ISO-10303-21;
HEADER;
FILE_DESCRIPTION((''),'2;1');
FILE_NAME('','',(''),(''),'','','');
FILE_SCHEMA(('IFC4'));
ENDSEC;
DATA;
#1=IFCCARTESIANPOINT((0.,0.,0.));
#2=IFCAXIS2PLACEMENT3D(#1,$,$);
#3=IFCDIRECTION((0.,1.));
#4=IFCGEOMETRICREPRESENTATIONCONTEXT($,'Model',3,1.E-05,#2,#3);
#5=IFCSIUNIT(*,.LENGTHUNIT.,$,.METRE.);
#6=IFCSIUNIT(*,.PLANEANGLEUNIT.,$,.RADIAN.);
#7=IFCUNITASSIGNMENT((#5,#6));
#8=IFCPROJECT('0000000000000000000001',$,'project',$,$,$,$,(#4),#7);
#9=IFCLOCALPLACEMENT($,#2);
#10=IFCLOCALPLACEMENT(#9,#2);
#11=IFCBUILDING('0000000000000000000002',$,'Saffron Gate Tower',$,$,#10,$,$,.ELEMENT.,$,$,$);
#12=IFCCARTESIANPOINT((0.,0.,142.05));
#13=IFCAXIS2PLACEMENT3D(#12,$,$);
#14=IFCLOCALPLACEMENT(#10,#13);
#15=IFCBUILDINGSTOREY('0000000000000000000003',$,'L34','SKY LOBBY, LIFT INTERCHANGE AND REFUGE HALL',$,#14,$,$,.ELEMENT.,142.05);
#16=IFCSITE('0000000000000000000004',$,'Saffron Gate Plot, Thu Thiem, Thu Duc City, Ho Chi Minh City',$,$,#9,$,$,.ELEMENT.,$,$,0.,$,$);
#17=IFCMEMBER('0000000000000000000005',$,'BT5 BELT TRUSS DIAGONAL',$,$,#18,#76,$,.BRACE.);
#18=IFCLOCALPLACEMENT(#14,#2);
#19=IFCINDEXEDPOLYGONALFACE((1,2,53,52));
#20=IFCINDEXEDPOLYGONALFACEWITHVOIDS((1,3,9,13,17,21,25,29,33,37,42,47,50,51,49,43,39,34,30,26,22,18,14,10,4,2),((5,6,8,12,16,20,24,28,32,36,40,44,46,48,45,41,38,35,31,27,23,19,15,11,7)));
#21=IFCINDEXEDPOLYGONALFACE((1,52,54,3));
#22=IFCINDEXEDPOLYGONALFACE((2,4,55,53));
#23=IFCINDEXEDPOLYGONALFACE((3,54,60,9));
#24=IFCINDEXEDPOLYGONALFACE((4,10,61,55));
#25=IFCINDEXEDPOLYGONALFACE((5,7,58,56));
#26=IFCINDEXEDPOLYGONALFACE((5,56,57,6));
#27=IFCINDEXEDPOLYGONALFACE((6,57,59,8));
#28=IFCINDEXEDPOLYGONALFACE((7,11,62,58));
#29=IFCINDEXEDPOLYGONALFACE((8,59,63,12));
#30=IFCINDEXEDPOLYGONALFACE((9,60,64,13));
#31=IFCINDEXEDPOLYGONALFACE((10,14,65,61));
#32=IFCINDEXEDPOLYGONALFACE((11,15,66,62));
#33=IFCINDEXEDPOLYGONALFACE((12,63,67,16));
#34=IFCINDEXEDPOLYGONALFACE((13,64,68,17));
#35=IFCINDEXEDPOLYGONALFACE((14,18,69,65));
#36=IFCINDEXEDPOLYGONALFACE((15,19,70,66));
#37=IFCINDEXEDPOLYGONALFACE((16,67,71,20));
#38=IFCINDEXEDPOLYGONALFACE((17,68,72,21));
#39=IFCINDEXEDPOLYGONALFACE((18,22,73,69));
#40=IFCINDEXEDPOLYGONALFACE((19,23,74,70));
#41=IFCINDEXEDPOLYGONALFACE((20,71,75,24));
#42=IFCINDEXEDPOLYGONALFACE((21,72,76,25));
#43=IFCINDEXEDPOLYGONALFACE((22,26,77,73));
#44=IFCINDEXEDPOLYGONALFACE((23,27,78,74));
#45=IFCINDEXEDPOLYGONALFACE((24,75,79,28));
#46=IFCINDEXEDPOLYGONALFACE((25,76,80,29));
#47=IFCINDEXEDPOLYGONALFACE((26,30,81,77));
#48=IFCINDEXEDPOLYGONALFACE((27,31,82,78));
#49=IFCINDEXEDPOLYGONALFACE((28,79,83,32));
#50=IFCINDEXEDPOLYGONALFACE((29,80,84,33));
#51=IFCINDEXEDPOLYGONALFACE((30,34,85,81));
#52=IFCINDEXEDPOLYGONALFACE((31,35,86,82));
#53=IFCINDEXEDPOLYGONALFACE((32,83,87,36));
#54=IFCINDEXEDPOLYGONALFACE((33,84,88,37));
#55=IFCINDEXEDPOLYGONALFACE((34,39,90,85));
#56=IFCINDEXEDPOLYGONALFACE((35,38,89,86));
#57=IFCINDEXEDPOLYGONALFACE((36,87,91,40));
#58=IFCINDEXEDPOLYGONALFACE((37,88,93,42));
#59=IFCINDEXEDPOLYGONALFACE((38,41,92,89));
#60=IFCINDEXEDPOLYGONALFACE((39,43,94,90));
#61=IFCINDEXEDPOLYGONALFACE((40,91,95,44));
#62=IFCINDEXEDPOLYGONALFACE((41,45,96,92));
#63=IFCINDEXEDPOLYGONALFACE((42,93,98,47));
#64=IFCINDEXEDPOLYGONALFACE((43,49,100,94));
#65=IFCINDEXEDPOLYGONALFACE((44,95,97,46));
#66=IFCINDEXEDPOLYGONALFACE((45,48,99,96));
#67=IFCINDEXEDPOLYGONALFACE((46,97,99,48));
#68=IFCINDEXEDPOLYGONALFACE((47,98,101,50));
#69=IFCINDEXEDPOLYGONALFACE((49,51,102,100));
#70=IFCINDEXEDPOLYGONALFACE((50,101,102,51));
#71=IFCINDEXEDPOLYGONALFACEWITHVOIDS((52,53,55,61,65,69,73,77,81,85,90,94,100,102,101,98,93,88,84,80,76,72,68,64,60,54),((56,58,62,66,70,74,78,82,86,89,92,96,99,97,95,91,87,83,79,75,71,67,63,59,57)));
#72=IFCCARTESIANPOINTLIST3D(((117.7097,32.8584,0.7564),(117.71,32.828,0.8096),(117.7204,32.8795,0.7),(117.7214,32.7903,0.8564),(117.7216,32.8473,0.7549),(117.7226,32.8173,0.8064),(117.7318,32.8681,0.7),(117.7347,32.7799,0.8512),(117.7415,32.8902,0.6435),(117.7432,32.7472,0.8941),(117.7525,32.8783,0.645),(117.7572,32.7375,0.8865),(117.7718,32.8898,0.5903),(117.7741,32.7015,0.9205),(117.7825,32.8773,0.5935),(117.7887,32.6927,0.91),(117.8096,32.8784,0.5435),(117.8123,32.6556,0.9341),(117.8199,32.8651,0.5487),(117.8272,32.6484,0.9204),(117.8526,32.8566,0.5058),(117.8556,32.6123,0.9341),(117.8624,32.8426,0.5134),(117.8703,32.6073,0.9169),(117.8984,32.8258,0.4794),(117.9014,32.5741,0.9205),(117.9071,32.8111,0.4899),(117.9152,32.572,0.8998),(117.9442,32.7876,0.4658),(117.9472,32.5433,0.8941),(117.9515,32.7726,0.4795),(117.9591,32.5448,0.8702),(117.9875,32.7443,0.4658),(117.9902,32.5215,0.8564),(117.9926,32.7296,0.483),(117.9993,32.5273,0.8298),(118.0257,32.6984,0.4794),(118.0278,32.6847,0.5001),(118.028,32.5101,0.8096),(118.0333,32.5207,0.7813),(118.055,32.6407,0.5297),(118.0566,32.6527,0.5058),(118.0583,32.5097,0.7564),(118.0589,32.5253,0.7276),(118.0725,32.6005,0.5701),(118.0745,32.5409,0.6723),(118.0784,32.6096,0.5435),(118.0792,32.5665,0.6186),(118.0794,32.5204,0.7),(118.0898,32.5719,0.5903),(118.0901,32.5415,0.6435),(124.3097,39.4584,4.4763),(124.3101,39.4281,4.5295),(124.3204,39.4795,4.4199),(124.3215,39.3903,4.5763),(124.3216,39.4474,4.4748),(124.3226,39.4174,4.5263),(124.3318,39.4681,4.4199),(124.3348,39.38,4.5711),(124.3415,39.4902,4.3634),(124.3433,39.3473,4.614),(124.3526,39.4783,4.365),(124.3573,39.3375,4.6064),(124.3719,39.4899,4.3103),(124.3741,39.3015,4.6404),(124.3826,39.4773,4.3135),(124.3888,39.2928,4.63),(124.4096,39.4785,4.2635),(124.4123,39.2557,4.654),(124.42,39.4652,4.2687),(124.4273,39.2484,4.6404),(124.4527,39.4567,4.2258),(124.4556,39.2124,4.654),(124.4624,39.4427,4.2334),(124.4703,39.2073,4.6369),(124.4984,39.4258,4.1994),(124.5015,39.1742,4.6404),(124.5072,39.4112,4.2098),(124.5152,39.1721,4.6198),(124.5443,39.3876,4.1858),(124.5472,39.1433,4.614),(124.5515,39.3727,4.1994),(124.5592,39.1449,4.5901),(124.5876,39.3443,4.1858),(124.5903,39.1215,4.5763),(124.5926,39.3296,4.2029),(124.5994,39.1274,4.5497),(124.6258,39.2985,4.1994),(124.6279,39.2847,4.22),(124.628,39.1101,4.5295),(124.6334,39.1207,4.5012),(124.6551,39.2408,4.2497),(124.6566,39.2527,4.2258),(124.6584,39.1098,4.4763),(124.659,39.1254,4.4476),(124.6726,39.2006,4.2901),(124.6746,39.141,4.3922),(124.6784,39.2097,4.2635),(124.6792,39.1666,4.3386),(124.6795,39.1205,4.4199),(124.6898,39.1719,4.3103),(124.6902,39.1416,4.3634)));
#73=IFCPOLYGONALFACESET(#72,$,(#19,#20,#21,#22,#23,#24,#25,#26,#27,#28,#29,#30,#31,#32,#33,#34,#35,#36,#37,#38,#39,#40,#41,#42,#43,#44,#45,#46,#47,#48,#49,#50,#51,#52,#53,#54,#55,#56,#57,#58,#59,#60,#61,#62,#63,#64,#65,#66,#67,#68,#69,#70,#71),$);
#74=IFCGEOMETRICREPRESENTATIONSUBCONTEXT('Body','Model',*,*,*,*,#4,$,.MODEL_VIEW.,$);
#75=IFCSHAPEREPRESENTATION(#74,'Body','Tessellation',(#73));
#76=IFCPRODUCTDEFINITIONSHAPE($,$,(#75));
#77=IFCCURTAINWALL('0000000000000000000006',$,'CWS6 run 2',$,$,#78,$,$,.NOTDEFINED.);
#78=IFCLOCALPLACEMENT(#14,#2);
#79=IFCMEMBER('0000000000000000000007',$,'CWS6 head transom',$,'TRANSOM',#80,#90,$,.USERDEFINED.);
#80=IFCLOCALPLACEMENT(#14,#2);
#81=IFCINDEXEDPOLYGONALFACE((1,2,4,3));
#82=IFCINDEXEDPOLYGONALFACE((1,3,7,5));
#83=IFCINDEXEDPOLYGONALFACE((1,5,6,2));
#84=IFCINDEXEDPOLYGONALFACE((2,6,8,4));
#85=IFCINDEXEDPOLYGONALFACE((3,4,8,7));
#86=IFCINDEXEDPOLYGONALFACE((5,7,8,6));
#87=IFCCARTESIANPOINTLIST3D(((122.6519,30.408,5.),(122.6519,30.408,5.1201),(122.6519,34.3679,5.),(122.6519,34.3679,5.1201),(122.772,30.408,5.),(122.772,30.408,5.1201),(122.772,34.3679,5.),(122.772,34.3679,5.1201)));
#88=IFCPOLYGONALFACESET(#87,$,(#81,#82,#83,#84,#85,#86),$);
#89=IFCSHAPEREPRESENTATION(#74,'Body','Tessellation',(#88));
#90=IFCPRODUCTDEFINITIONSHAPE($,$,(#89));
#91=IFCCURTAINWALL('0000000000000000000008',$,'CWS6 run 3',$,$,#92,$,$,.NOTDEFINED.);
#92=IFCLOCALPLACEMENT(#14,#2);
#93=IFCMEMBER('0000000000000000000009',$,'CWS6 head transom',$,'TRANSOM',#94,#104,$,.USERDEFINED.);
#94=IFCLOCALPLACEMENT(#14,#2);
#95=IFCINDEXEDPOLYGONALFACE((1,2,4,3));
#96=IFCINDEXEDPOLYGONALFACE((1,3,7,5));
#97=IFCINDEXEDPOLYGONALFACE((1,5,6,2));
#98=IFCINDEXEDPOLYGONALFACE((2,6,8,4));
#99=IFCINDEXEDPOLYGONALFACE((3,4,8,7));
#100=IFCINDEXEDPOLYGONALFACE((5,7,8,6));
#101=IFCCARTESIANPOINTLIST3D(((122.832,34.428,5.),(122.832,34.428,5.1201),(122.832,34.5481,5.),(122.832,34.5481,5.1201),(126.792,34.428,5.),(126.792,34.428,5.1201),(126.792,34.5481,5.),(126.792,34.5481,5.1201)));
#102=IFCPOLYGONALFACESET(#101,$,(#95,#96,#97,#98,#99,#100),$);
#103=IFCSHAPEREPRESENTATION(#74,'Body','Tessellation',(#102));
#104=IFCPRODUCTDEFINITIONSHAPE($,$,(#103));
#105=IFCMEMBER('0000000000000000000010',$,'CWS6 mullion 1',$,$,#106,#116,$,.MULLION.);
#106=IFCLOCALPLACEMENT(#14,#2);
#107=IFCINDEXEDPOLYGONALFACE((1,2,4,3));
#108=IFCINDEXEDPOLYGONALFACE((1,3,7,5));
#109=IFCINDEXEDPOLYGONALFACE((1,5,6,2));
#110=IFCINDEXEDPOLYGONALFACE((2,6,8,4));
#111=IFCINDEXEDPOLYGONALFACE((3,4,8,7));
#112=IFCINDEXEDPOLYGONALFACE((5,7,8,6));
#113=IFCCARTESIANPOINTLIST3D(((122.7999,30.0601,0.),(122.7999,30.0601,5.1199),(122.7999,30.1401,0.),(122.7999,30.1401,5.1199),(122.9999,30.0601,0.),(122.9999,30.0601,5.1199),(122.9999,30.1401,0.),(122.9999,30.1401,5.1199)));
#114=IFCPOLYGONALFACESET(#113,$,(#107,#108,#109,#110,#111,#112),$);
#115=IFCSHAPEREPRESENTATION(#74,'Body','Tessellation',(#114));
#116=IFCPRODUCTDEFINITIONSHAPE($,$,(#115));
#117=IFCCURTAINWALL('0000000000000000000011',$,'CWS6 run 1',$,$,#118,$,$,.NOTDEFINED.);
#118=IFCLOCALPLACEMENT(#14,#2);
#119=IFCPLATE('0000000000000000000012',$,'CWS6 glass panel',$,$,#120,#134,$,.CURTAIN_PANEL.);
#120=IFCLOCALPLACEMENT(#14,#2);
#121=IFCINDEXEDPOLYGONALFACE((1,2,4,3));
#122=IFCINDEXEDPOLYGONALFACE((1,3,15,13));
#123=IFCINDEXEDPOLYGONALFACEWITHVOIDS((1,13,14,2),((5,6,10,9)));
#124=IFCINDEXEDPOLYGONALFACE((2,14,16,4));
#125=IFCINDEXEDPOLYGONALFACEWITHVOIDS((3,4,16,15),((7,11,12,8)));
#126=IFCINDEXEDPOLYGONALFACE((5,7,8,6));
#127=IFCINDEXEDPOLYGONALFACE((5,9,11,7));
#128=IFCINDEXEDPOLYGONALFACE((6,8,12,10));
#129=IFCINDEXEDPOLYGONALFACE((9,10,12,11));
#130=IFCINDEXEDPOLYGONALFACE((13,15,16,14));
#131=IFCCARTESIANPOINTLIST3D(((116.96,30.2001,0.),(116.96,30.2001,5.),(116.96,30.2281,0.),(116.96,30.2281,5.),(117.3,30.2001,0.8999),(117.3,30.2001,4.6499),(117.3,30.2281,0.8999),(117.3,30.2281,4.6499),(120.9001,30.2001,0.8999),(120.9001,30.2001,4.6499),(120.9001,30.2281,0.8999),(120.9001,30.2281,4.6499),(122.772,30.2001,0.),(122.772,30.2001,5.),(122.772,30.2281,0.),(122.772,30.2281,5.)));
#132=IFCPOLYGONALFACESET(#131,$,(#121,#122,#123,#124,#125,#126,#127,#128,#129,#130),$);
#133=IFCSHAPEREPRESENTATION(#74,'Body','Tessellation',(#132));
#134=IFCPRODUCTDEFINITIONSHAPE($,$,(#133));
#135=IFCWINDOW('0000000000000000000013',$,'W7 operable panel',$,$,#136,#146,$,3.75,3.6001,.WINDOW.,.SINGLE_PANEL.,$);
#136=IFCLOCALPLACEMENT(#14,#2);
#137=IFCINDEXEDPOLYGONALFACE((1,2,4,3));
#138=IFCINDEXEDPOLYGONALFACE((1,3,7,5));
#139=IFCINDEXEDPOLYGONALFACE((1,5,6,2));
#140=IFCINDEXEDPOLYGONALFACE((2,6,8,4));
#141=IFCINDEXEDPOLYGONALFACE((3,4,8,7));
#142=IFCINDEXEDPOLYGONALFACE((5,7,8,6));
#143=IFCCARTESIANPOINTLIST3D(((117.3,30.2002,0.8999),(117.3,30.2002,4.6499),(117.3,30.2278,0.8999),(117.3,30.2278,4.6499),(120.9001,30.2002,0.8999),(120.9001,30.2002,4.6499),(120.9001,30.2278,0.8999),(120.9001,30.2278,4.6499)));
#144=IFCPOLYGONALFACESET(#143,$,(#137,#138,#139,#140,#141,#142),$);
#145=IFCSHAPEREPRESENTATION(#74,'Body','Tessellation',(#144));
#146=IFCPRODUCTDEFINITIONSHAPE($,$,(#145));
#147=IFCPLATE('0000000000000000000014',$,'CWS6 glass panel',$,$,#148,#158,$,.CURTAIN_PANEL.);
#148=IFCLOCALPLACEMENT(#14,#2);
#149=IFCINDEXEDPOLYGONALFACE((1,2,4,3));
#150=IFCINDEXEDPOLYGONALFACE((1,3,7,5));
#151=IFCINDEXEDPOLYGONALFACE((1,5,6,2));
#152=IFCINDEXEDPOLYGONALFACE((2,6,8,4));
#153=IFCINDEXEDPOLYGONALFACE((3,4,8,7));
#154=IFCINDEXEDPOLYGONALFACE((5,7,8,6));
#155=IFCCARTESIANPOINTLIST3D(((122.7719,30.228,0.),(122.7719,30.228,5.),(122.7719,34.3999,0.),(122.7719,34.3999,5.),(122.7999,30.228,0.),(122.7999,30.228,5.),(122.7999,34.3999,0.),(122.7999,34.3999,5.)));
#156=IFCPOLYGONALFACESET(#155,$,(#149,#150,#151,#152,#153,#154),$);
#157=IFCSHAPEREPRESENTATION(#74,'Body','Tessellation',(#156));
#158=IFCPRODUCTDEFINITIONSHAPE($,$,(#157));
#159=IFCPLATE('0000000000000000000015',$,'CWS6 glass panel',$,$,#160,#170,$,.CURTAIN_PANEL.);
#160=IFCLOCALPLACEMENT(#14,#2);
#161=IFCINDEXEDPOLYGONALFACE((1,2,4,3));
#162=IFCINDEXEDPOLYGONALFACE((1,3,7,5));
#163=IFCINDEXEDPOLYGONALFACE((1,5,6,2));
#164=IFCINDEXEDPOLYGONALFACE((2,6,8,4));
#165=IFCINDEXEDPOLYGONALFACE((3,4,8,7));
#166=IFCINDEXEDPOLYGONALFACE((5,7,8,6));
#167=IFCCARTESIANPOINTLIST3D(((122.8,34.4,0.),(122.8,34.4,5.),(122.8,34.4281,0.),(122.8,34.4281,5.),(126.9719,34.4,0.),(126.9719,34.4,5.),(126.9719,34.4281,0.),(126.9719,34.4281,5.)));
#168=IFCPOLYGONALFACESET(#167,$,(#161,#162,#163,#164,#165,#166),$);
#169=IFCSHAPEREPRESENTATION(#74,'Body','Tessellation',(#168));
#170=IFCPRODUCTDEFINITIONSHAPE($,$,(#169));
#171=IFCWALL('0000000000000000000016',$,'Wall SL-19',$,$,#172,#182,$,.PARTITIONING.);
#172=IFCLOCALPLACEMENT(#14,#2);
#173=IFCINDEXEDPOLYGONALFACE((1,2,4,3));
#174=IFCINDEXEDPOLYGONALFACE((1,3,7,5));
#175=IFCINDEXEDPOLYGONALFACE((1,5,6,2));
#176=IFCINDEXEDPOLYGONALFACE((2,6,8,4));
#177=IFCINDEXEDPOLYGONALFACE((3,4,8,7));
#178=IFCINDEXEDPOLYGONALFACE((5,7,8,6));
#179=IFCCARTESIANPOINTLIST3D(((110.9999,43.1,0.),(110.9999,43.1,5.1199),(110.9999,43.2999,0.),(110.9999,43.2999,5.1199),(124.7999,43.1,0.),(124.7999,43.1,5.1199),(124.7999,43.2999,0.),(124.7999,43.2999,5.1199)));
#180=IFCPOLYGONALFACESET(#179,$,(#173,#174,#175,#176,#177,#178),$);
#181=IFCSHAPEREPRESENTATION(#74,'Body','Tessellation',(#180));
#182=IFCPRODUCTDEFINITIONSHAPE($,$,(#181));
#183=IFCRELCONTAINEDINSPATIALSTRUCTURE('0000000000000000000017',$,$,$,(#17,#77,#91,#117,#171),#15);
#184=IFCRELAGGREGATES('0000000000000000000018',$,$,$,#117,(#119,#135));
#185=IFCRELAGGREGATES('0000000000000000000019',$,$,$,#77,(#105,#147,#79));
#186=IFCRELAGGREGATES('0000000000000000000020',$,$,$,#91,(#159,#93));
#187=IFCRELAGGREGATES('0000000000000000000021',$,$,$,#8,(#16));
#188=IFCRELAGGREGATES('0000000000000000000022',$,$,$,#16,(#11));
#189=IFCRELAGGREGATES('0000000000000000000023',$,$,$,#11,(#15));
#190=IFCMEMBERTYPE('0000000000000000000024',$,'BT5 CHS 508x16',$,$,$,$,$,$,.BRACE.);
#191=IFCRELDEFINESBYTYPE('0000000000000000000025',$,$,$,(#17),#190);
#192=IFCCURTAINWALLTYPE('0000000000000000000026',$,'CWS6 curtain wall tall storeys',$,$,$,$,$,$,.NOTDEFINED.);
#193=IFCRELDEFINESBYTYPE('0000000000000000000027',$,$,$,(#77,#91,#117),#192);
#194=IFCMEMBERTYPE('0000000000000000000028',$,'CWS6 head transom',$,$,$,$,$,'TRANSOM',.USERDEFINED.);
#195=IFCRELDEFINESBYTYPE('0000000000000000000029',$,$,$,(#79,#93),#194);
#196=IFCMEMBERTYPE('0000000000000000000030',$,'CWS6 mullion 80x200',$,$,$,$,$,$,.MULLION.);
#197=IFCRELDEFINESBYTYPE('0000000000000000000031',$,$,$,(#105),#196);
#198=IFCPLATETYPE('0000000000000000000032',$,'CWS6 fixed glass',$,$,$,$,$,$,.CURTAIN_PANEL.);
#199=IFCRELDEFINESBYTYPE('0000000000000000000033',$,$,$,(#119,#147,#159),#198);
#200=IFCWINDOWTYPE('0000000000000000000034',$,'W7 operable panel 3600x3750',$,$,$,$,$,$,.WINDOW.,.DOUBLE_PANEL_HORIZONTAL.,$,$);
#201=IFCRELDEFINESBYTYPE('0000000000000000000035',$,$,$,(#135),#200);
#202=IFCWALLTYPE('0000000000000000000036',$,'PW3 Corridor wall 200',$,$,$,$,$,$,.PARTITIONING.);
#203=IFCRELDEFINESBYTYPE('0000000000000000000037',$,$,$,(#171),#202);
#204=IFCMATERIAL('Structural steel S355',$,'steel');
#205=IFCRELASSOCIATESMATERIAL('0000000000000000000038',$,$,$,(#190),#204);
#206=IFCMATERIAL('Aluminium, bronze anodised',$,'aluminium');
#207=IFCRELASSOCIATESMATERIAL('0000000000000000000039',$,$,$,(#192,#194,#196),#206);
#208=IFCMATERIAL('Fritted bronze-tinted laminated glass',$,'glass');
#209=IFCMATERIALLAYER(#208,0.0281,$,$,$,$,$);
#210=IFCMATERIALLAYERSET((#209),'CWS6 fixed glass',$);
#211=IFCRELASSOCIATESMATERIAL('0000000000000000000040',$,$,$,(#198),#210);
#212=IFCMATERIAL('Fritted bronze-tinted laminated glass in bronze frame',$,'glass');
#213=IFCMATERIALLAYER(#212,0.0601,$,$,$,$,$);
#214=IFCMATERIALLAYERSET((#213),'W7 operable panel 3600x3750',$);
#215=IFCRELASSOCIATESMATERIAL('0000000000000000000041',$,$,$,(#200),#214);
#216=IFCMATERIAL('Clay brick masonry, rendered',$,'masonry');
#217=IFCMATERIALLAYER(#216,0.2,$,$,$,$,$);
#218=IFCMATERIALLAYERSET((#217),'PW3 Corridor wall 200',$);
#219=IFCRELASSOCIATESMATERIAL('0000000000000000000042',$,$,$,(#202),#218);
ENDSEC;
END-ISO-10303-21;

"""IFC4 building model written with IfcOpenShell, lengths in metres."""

from ifc_helpers import new_model, si_unit, direction, frame, frame_2d, origin, origin_2d, place, context, subcontext, project, spatial, rectangle, hollow_circle, extrude, material, layer, layer_set, material_profile, profile_set, type_object, element, fill, aggregate, save


model = new_model("IFC4")

# Units and contexts
model_context = context("Model", 3, precision=1e-05, world=origin(), true_north=direction((0.0, 1.0)))
body_context = subcontext(model_context, "Body", "Model", "MODEL_VIEW")
ifc_project = project(units=[si_unit("LENGTHUNIT", "METRE"), si_unit("PLANEANGLEUNIT", "RADIAN")], contexts=[model_context])

# Site, building, storey
site_placement = place(None, origin())
site = spatial("IfcSite", under=ifc_project, at=site_placement, Name="Saffron Gate Plot, Thu Thiem, Thu Duc City, Ho Chi Minh City", CompositionType="ELEMENT", RefElevation=0.0)
building_placement = place(site_placement, origin())
building = spatial("IfcBuilding", under=site, at=building_placement, Name="Saffron Gate Tower", CompositionType="ELEMENT")
storey_placement = place(building_placement, frame((0.0, 0.0, 142.05)))
storey = spatial("IfcBuildingStorey", under=building, at=storey_placement, Name="L34", Description="SKY LOBBY, LIFT INTERCHANGE AND REFUGE HALL", CompositionType="ELEMENT", Elevation=142.05)

# Shared definitions
ifc_material_1 = material(Name="Structural steel S355", Category="steel")

# Member
ifc_material_profile_1 = material_profile(ifc_material_1, hollow_circle(Radius=0.2539, WallThickness=0.0161, at=origin_2d()))
ifc_profile_set_1 = profile_set([ifc_material_profile_1], Name="Structural steel S355")
member_type_1 = type_object("IfcMemberType", Name="BT5 CHS 508x16", PredefinedType="BRACE", material=ifc_profile_set_1)
member_1_placement = place(storey_placement, frame((117.8999, 32.7, 0.7), z_axis=(0.656862, 0.656862, 0.370223), x_axis=(-0.707107, 0.707107, 0.0)))
element("IfcMember", 1, at=member_1_placement, inside=storey, type_object=member_type_1, Name="BT5 BELT TRUSS DIAGONAL", PredefinedType="BRACE", context=body_context, shape_type="SweptSolid", body=[
    extrude(hollow_circle(Radius=0.2539, WallThickness=0.0161, at=origin_2d()), origin(), (0.0, 0.0, 1.0), 10.0479),
])

# Curtain walls, members
ifc_material_2 = material(Name="Aluminium, bronze anodised", Category="aluminium")
curtain_wall_type = type_object("IfcCurtainWallType", Name="CWS6 curtain wall tall storeys", PredefinedType="NOTDEFINED", material=ifc_material_2)
curtain_wall_1_placement = place(storey_placement, origin())
curtain_wall_1 = element("IfcCurtainWall", 2, at=curtain_wall_1_placement, inside=storey, type_object=curtain_wall_type, Name="CWS6 run 2", PredefinedType="NOTDEFINED")
ifc_material_profile_2 = material_profile(ifc_material_2, rectangle(XDim=0.1201, YDim=0.1201, at=origin_2d()))
ifc_profile_set_2 = profile_set([ifc_material_profile_2], Name="Aluminium, bronze anodised")
member_type_2 = type_object("IfcMemberType", Name="CWS6 head transom", ElementType="TRANSOM", PredefinedType="USERDEFINED", material=ifc_profile_set_2)
member_2_placement = place(storey_placement, frame((122.7119, 30.408, 5.0601), z_axis=(0.0, 1.0, 0.0), x_axis=(-1.0, 0.0, 0.0)))
member_2 = element("IfcMember", 3, at=member_2_placement, type_object=member_type_2, Name="CWS6 head transom", ObjectType="TRANSOM", PredefinedType="USERDEFINED", context=body_context, shape_type="SweptSolid", body=[
    extrude(rectangle(XDim=0.1201, YDim=0.1201, at=origin_2d()), origin(), (0.0, 0.0, 1.0), 3.96),
])
curtain_wall_2_placement = place(storey_placement, origin())
curtain_wall_2 = element("IfcCurtainWall", 4, at=curtain_wall_2_placement, inside=storey, type_object=curtain_wall_type, Name="CWS6 run 3", PredefinedType="NOTDEFINED")
member_3_placement = place(storey_placement, frame((122.832, 34.488, 5.0601), z_axis=(1.0, 0.0, 0.0), x_axis=(0.0, 1.0, 0.0)))
member_3 = element("IfcMember", 5, at=member_3_placement, type_object=member_type_2, Name="CWS6 head transom", ObjectType="TRANSOM", PredefinedType="USERDEFINED", context=body_context, shape_type="SweptSolid", body=[
    extrude(rectangle(XDim=0.1201, YDim=0.1201, at=origin_2d()), origin(), (0.0, 0.0, 1.0), 3.96),
])

# Member
ifc_material_profile_3 = material_profile(ifc_material_2, rectangle(XDim=0.2, YDim=0.0801, at=origin_2d()))
ifc_profile_set_3 = profile_set([ifc_material_profile_3], Name="Aluminium, bronze anodised")
member_type_3 = type_object("IfcMemberType", Name="CWS6 mullion 80x200", PredefinedType="MULLION", material=ifc_profile_set_3)
member_4_placement = place(storey_placement, frame((122.8999, 30.1001, 0.0), z_axis=(0.0, 0.0, 1.0), x_axis=(-1.0, 0.0, 0.0)))
member_4 = element("IfcMember", 6, at=member_4_placement, type_object=member_type_3, Name="CWS6 mullion 1", PredefinedType="MULLION", context=body_context, shape_type="SweptSolid", body=[
    extrude(rectangle(XDim=0.2, YDim=0.0801, at=origin_2d()), origin(), (0.0, 0.0, 1.0), 5.1199),
])

# Curtain wall, plate, opening, window
curtain_wall_3_placement = place(storey_placement, origin())
curtain_wall_3 = element("IfcCurtainWall", 7, at=curtain_wall_3_placement, inside=storey, type_object=curtain_wall_type, Name="CWS6 run 1", PredefinedType="NOTDEFINED")
ifc_material_3 = material(Name="Fritted bronze-tinted laminated glass", Category="glass")
ifc_layer_1 = layer(ifc_material_3, 0.0281)
ifc_layer_set_1 = layer_set([ifc_layer_1], Name="CWS6 fixed glass")
plate_type = type_object("IfcPlateType", Name="CWS6 fixed glass", PredefinedType="CURTAIN_PANEL", material=ifc_layer_set_1)
plate_1_placement = place(storey_placement, frame((116.96, 30.2141, 0.0), z_axis=(0.0, 0.0, 1.0), x_axis=(1.0, 0.0, 0.0)))
plate_1 = element("IfcPlate", 8, at=plate_1_placement, type_object=plate_type, Name="CWS6 glass panel", PredefinedType="CURTAIN_PANEL", context=body_context, shape_type="SweptSolid", body=[
    extrude(rectangle(XDim=5.812, YDim=0.0281, at=frame_2d((2.906, 0.0))), origin(), (0.0, 0.0, 1.0), 5.0),
])
opening_placement = place(plate_1_placement, frame((0.3401, 0.0, 0.8999)))
opening = element("IfcOpeningElement", 9, at=opening_placement, cuts=plate_1, PredefinedType="OPENING", context=body_context, shape_type="SweptSolid", body=[
    extrude(rectangle(XDim=3.6001, YDim=3.75, at=frame_2d((1.8, 1.875))), frame((0.0, 0.0239, 0.0), z_axis=(0.0, -1.0, 0.0), x_axis=(1.0, 0.0, 0.0)), (0.0, 0.0, 1.0), 0.0481),
])
ifc_material_4 = material(Name="Fritted bronze-tinted laminated glass in bronze frame", Category="glass")
ifc_layer_2 = layer(ifc_material_4, 0.0601)
ifc_layer_set_2 = layer_set([ifc_layer_2], Name="W7 operable panel 3600x3750")
window_type = type_object("IfcWindowType", Name="W7 operable panel 3600x3750", PartitioningType="DOUBLE_PANEL_HORIZONTAL", PredefinedType="WINDOW", material=ifc_layer_set_2)
window_placement = place(opening_placement, origin())
window = element("IfcWindow", 10, at=window_placement, type_object=window_type, Name="W7 operable panel", OverallHeight=3.75, OverallWidth=3.6001, PartitioningType="SINGLE_PANEL", PredefinedType="WINDOW", context=body_context, shape_type="SweptSolid", body=[
    extrude(rectangle(XDim=3.6001, YDim=3.75, at=frame_2d((1.8, 1.875))), frame((0.0, 0.0137, 0.0), z_axis=(0.0, -1.0, 0.0), x_axis=(1.0, 0.0, 0.0)), (0.0, 0.0, 1.0), 0.0276),
])
fill(opening, window)
aggregate(curtain_wall_3, [plate_1, window])

# Plates
plate_2_placement = place(storey_placement, frame((122.7859, 30.228, 0.0), z_axis=(0.0, 0.0, 1.0), x_axis=(0.0, 1.0, 0.0)))
plate_2 = element("IfcPlate", 11, at=plate_2_placement, type_object=plate_type, Name="CWS6 glass panel", PredefinedType="CURTAIN_PANEL", context=body_context, shape_type="SweptSolid", body=[
    extrude(rectangle(XDim=4.1719, YDim=0.0281, at=frame_2d((2.0859, 0.0))), origin(), (0.0, 0.0, 1.0), 5.0),
])
aggregate(curtain_wall_1, [member_4, plate_2, member_2])
plate_3_placement = place(storey_placement, frame((122.8, 34.4141, 0.0), z_axis=(0.0, 0.0, 1.0), x_axis=(1.0, 0.0, 0.0)))
plate_3 = element("IfcPlate", 12, at=plate_3_placement, type_object=plate_type, Name="CWS6 glass panel", PredefinedType="CURTAIN_PANEL", context=body_context, shape_type="SweptSolid", body=[
    extrude(rectangle(XDim=4.1719, YDim=0.0281, at=frame_2d((2.0859, 0.0))), origin(), (0.0, 0.0, 1.0), 5.0),
])
aggregate(curtain_wall_2, [plate_3, member_3])

# Wall
ifc_material_5 = material(Name="Clay brick masonry, rendered", Category="masonry")
ifc_layer_3 = layer(ifc_material_5, 0.2)
ifc_layer_set_3 = layer_set([ifc_layer_3], Name="PW3 Corridor wall 200")
wall_type_1 = type_object("IfcWallType", Name="PW3 Corridor wall 200", PredefinedType="PARTITIONING", material=ifc_layer_set_3)
wall_1_placement = place(storey_placement, frame((111.0, 43.2, 0.0), z_axis=(0.0, 0.0, 1.0), x_axis=(1.0, 0.0, 0.0)))
element("IfcWall", 13, at=wall_1_placement, inside=storey, type_object=wall_type_1, Name="Wall SL-19", PredefinedType="PARTITIONING", context=body_context, shape_type="SweptSolid", body=[
    extrude(rectangle(XDim=13.8, YDim=0.2, at=frame_2d((6.8999, 0.0))), origin(), (0.0, 0.0, 1.0), 5.1199),
])

save(model, "model.ifc")
